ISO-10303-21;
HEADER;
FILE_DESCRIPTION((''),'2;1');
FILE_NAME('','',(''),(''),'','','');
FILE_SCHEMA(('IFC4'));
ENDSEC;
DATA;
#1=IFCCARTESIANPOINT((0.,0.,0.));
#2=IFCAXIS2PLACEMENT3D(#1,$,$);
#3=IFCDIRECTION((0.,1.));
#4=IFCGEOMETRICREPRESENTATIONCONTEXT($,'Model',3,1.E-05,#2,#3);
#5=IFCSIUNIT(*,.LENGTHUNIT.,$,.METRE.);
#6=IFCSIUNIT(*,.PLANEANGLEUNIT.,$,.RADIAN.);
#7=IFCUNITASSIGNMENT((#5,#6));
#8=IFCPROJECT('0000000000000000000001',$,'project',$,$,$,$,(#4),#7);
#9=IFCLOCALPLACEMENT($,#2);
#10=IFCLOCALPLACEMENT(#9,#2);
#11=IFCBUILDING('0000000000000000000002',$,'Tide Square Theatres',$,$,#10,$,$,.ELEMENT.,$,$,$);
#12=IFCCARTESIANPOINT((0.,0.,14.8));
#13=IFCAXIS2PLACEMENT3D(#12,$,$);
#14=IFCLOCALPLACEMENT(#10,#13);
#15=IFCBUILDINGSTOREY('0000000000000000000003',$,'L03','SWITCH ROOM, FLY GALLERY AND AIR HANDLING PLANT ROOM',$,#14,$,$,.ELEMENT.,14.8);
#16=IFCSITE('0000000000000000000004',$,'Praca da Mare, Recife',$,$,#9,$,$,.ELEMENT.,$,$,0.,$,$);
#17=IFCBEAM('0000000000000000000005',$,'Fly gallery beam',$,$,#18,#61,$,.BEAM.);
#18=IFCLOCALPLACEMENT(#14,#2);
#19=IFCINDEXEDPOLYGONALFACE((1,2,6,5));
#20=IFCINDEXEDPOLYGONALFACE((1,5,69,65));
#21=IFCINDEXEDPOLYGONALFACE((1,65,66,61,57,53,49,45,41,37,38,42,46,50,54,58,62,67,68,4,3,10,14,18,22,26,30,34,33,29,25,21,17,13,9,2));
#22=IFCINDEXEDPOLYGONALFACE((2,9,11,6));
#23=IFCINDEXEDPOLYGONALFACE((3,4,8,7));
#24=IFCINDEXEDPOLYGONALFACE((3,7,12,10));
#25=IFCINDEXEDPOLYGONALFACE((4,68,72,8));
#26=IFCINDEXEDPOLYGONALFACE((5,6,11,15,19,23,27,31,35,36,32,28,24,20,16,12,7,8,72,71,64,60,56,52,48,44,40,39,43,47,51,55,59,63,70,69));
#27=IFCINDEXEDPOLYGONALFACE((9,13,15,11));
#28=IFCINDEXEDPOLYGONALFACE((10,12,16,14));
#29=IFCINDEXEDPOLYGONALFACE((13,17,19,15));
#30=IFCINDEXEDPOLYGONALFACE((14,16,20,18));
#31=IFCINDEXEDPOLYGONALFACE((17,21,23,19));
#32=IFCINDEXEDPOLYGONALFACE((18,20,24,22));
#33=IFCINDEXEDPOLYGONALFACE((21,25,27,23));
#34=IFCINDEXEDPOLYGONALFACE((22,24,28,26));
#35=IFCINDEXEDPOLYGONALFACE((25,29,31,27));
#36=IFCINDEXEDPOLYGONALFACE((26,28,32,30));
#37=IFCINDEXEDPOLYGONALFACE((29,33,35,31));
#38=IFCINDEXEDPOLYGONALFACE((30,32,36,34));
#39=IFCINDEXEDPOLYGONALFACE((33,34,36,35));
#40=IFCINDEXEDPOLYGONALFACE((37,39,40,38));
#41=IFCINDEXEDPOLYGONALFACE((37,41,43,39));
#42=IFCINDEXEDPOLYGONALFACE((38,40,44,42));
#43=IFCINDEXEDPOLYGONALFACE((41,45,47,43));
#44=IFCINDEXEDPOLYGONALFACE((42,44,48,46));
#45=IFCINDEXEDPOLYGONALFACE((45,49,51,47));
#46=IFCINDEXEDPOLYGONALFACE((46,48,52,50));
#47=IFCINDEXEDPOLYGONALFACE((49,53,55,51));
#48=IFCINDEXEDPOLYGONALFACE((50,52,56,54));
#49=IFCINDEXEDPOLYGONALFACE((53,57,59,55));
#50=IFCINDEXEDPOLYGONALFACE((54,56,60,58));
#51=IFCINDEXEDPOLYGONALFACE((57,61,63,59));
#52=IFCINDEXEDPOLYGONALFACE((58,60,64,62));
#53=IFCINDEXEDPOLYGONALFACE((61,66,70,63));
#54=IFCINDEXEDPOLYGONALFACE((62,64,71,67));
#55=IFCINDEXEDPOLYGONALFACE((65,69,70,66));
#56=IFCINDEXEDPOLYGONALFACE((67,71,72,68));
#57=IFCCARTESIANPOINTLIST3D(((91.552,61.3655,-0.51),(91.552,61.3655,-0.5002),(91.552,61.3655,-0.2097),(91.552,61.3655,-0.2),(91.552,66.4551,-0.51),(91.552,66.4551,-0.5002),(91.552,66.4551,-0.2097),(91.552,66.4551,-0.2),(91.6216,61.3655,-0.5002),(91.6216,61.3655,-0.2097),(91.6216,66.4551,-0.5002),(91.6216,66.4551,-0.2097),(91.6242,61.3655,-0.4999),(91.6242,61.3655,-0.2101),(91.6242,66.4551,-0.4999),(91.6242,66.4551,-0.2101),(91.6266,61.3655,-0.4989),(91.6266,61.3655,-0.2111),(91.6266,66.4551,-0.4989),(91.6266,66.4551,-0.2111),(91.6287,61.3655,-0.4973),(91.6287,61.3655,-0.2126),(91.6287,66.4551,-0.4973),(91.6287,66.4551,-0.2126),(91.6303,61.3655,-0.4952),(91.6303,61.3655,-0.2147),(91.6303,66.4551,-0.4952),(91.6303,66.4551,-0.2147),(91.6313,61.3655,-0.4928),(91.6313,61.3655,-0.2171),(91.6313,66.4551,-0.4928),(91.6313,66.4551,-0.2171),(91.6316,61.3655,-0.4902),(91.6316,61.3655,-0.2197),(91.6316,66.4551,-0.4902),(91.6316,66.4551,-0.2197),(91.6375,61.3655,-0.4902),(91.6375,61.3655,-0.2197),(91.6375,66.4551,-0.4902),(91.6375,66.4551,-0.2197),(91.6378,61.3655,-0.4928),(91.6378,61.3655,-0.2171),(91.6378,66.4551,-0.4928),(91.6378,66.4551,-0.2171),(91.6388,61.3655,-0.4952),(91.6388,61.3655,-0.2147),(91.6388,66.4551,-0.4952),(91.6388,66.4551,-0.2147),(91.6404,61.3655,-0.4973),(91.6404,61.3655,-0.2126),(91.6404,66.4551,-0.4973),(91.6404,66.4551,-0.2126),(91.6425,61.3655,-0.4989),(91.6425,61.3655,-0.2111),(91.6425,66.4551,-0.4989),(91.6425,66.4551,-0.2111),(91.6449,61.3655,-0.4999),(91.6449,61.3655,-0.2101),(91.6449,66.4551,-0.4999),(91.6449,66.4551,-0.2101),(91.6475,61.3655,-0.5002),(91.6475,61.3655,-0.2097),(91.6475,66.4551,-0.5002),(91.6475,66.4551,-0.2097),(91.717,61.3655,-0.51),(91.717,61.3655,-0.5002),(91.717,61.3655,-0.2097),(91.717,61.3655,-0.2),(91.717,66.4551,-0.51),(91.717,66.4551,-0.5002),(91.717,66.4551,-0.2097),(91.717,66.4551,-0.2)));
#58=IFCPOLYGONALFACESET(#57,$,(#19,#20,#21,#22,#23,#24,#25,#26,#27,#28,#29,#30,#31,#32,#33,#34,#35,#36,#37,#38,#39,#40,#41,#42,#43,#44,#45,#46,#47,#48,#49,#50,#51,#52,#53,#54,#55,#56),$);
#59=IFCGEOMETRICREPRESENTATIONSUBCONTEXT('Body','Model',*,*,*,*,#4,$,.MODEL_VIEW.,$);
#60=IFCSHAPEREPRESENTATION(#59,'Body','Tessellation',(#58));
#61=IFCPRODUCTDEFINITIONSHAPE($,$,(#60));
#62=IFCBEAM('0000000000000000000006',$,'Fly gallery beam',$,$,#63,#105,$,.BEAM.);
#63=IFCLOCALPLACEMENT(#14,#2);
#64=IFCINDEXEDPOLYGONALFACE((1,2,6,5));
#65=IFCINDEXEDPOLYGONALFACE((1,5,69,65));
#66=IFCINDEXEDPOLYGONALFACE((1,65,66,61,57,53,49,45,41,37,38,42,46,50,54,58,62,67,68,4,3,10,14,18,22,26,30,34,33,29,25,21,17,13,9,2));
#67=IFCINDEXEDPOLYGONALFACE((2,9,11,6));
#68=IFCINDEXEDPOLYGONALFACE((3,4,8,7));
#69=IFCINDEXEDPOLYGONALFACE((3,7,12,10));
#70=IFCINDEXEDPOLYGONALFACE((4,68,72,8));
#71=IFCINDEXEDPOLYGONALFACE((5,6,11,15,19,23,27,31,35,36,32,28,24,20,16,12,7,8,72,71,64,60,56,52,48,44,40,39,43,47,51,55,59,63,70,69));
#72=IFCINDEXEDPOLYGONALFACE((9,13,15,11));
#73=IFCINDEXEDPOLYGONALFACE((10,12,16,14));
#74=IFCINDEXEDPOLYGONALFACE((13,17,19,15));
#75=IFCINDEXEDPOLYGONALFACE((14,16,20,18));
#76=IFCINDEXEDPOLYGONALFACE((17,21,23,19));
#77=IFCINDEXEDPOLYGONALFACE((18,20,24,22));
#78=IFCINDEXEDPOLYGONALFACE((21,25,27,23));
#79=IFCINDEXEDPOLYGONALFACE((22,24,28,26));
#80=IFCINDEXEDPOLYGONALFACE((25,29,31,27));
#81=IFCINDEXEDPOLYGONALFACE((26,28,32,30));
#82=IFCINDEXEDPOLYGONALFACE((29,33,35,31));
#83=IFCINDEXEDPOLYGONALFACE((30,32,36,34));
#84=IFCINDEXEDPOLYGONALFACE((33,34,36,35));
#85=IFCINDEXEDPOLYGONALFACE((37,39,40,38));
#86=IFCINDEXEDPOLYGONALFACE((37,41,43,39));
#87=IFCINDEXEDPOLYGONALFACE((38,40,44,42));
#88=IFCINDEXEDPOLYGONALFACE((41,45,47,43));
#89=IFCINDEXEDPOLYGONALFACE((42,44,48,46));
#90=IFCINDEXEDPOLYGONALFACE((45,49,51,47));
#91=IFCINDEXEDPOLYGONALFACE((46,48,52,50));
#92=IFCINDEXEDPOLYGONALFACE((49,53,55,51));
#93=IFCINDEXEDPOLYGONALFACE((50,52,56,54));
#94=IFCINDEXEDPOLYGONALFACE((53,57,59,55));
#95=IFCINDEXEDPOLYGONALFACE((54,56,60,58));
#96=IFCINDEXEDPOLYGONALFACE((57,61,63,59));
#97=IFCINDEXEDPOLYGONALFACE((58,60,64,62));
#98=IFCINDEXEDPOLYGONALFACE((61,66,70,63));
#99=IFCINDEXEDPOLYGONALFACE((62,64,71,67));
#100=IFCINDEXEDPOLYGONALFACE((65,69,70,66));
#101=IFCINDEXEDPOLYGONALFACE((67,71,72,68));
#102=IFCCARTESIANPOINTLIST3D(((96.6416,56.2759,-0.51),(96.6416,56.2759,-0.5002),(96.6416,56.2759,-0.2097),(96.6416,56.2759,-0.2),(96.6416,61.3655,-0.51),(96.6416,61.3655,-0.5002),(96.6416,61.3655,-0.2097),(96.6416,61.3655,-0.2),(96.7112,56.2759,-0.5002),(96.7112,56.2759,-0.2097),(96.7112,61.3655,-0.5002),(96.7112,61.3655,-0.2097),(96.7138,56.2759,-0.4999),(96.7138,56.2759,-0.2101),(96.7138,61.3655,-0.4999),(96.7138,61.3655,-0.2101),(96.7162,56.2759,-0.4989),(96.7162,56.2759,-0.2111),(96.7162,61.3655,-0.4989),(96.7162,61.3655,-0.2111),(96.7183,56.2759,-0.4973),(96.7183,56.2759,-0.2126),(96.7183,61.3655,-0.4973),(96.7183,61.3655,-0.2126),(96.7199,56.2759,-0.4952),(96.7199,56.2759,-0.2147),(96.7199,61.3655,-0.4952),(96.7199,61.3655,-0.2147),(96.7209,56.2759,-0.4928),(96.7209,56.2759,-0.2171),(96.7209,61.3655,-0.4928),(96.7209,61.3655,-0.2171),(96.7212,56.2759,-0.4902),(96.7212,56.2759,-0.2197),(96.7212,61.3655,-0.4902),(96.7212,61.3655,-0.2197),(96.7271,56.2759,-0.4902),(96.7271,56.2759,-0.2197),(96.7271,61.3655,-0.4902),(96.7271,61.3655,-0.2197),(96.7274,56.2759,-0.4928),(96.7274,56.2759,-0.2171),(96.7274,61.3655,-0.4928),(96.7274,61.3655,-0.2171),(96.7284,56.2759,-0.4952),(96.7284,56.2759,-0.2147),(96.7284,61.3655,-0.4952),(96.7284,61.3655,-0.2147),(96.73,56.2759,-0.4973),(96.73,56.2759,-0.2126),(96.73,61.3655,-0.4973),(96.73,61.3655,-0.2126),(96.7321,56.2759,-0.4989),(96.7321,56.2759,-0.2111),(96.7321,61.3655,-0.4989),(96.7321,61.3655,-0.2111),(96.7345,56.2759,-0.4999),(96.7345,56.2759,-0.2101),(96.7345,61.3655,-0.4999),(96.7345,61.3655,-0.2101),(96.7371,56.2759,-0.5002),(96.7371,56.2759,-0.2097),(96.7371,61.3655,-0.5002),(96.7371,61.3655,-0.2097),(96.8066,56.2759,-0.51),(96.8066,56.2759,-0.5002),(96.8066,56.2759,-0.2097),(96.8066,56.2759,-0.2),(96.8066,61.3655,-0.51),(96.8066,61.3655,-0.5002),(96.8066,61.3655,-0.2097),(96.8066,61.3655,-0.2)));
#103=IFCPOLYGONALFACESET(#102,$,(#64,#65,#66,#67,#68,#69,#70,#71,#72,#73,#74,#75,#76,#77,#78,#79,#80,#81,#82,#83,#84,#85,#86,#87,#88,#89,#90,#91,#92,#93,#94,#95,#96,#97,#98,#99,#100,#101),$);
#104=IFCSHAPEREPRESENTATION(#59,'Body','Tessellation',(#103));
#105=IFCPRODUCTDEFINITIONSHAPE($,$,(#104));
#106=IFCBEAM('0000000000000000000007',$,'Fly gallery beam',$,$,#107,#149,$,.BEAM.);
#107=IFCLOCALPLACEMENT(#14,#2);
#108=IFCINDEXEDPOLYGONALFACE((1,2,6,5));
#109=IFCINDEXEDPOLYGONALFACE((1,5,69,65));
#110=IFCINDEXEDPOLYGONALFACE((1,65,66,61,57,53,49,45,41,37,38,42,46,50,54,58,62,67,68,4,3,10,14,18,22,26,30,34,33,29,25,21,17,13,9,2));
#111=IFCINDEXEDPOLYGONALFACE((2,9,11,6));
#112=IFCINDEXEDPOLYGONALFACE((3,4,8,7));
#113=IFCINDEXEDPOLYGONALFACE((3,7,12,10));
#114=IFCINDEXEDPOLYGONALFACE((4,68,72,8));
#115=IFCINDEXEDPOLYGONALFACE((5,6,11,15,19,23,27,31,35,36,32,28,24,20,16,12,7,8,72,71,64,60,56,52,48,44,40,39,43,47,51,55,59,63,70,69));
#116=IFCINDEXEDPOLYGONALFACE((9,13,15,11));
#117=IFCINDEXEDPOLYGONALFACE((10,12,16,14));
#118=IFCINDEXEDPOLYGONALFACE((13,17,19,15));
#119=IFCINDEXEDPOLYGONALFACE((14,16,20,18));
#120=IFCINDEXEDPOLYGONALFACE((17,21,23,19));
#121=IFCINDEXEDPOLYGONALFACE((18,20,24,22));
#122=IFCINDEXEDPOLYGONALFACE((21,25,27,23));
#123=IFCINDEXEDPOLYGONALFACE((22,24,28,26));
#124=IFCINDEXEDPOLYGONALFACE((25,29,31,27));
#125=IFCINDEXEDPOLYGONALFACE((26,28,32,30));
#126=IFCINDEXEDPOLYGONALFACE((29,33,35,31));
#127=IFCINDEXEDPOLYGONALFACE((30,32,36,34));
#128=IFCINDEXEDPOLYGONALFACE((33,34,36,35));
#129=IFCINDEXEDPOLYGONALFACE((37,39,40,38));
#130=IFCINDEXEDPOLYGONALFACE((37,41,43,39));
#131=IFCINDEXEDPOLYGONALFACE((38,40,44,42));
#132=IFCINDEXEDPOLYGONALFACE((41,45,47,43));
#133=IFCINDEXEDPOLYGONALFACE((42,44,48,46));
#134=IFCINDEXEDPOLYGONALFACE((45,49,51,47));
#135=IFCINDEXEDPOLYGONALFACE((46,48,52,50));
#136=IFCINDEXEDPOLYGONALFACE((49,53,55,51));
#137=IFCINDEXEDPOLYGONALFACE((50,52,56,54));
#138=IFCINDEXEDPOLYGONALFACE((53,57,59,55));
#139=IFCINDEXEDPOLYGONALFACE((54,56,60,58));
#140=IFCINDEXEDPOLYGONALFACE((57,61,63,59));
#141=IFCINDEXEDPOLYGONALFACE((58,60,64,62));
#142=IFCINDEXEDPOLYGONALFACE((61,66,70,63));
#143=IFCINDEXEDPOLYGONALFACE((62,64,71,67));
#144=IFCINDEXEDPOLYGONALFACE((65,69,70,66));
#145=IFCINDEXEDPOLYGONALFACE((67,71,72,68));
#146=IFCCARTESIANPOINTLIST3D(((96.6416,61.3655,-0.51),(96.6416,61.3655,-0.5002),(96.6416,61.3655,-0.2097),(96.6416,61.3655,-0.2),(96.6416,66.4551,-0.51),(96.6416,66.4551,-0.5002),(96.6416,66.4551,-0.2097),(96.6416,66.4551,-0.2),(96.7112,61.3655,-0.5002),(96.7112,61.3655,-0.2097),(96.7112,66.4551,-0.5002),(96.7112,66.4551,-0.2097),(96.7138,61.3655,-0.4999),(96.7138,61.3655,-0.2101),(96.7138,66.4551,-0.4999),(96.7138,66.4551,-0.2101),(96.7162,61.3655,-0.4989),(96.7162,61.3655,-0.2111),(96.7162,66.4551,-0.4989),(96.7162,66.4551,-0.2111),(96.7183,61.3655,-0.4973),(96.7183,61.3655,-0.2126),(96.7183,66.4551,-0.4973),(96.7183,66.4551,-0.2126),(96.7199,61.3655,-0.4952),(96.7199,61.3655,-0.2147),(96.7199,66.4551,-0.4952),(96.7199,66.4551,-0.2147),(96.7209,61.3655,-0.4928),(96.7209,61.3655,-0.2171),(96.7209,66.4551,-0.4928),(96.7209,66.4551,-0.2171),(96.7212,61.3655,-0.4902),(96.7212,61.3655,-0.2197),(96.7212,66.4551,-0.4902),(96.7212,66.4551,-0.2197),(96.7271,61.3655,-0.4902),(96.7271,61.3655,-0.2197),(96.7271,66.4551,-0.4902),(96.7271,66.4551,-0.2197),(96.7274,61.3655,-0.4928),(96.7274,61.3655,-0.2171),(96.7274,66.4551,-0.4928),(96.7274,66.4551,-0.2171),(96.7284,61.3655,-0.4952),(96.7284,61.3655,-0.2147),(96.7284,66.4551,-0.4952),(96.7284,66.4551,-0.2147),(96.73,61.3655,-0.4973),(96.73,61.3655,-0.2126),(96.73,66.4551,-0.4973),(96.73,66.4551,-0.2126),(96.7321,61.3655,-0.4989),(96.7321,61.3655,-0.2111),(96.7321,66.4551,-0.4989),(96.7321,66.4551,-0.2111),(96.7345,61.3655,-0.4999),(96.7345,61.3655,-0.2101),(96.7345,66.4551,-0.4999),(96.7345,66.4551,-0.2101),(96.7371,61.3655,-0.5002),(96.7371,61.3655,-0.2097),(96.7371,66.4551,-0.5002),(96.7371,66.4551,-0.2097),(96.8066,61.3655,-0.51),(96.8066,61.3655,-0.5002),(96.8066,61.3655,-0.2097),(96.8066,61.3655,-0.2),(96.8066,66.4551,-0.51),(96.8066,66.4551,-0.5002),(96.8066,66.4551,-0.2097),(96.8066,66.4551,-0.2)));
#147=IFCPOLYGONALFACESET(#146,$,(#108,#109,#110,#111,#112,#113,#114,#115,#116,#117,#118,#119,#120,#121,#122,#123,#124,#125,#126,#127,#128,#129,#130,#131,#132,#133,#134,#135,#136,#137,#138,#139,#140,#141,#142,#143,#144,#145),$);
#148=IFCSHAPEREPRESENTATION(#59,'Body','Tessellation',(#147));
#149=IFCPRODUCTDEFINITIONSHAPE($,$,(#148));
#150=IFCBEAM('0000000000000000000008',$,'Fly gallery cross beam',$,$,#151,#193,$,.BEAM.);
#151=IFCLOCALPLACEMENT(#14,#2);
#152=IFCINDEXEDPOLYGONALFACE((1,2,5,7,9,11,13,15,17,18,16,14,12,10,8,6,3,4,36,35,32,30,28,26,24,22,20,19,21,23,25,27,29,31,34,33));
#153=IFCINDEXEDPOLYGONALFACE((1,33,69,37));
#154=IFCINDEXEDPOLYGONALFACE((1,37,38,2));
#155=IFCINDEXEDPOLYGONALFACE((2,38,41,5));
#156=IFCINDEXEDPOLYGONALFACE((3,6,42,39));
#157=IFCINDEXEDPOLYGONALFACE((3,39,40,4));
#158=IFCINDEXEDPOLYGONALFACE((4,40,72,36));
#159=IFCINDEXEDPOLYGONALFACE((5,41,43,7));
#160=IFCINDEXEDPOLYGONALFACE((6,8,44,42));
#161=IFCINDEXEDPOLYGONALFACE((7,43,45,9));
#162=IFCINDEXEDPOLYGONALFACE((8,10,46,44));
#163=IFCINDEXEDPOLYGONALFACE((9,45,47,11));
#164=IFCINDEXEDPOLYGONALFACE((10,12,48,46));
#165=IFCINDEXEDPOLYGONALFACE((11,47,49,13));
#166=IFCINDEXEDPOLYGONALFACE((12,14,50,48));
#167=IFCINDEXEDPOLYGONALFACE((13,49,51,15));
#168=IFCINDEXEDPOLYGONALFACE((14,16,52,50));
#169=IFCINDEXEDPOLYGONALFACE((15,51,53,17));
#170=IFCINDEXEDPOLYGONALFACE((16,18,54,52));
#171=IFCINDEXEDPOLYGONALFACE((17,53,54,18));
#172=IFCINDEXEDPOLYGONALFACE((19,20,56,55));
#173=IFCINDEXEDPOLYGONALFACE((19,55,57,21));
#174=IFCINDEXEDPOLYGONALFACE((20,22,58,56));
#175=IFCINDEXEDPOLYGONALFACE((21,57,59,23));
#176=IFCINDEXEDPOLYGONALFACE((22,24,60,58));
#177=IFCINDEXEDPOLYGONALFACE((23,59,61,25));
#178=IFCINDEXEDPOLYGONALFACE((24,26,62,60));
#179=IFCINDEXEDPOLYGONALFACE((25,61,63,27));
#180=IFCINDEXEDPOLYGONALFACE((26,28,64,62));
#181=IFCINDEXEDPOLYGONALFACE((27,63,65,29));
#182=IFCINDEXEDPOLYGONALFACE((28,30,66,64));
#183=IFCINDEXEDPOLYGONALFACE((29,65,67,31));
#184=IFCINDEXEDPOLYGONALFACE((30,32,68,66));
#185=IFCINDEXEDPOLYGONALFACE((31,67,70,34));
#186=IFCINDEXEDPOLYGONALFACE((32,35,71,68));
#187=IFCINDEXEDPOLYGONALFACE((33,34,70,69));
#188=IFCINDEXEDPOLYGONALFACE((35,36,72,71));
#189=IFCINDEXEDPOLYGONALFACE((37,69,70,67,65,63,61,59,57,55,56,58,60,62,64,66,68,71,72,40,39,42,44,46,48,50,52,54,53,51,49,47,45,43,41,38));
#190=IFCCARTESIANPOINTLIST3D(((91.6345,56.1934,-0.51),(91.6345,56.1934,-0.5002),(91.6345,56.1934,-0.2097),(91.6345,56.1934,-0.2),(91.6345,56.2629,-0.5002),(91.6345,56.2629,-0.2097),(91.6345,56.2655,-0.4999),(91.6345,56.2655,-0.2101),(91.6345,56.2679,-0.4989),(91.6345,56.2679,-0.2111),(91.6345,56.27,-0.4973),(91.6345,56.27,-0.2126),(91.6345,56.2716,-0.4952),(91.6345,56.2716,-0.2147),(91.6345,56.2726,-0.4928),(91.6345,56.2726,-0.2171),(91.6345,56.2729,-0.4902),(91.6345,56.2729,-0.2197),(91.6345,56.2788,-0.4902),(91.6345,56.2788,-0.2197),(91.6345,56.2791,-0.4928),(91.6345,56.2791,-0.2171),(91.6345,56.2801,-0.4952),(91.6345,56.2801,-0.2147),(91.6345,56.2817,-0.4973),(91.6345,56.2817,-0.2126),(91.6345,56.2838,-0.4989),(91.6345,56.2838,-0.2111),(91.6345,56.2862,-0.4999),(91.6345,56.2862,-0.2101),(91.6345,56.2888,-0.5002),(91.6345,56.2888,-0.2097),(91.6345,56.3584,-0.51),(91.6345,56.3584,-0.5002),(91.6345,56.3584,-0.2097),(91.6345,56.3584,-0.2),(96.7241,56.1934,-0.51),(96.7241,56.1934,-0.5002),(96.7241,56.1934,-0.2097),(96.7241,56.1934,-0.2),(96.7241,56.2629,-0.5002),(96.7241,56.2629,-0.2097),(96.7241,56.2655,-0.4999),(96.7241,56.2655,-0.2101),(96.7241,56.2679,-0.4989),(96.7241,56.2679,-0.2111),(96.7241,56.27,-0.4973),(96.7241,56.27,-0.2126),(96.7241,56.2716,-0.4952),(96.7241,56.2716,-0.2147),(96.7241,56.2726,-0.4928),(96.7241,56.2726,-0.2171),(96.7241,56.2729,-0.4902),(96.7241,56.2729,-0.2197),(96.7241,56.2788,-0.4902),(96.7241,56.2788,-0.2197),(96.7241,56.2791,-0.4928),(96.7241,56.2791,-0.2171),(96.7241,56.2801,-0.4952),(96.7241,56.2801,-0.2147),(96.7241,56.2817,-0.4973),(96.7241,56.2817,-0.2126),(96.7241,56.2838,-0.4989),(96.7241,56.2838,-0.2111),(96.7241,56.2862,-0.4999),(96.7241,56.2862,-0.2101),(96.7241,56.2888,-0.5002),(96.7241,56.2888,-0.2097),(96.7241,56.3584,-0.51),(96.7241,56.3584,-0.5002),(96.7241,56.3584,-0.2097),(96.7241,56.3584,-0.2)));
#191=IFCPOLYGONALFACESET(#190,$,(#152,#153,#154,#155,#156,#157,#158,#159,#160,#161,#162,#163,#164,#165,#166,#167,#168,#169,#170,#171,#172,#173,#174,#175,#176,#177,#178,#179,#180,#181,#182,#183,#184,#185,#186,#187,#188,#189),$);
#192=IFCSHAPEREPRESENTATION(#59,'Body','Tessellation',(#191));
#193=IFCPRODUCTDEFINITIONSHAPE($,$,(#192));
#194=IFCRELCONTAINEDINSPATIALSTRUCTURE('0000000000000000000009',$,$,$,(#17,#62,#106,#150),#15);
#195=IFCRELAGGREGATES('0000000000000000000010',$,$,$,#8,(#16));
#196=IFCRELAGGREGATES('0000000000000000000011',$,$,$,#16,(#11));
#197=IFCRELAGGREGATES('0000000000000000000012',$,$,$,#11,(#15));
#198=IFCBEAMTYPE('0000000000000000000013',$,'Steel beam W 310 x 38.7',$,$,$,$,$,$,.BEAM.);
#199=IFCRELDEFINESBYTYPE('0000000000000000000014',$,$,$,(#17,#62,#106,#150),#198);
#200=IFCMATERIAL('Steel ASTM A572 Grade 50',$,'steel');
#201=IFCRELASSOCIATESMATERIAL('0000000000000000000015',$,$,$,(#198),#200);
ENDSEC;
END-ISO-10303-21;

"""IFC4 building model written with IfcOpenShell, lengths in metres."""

from ifc_helpers import new_model, si_unit, direction, frame, origin, origin_2d, place, context, subcontext, project, spatial, i_section, extrude, material, material_profile, profile_set, type_object, element, save


model = new_model("IFC4")

# Units and contexts
model_context = context("Model", 3, precision=1e-05, world=origin(), true_north=direction((0.0, 1.0)))
body_context = subcontext(model_context, "Body", "Model", "MODEL_VIEW")
ifc_project = project(units=[si_unit("LENGTHUNIT", "METRE"), si_unit("PLANEANGLEUNIT", "RADIAN")], contexts=[model_context])

# Site, building, storey
site_placement = place(None, origin())
site = spatial("IfcSite", under=ifc_project, at=site_placement, Name="Praca da Mare, Recife", CompositionType="ELEMENT", RefElevation=0.0)
building_placement = place(site_placement, origin())
building = spatial("IfcBuilding", under=site, at=building_placement, Name="Tide Square Theatres", CompositionType="ELEMENT")
storey_placement = place(building_placement, frame((0.0, 0.0, 14.8)))
storey = spatial("IfcBuildingStorey", under=building, at=storey_placement, Name="L03", Description="SWITCH ROOM, FLY GALLERY AND AIR HANDLING PLANT ROOM", CompositionType="ELEMENT", Elevation=14.8)

# Beams
ifc_material_1 = material(Name="Steel ASTM A572 Grade 50", Category="steel")
ifc_material_profile_1 = material_profile(ifc_material_1, i_section(OverallWidth=0.165, OverallDepth=0.3101, WebThickness=0.0059, FlangeThickness=0.0098, FilletRadius=0.01, at=origin_2d()))
ifc_profile_set_1 = profile_set([ifc_material_profile_1], Name="Steel ASTM A572 Grade 50")
beam_type = type_object("IfcBeamType", Name="Steel beam W 310 x 38.7", PredefinedType="BEAM", material=ifc_profile_set_1)
for number, where, z_axis, x_axis, name in (
    (1, (91.6345, 61.3655, -0.355), (0.0, 1.0, 0.0), (-1.0, 0.0, 0.0), "Fly gallery beam"),
    (2, (96.7241, 56.2759, -0.355), (0.0, 1.0, 0.0), (-1.0, 0.0, 0.0), "Fly gallery beam"),
    (3, (96.7241, 61.3655, -0.355), (0.0, 1.0, 0.0), (-1.0, 0.0, 0.0), "Fly gallery beam"),
    (4, (91.6345, 56.2759, -0.355), (1.0, 0.0, 0.0), (0.0, 1.0, 0.0), "Fly gallery cross beam"),
):
    element("IfcBeam", number, at=place(storey_placement, frame(where, z_axis=z_axis, x_axis=x_axis)), inside=storey, type_object=beam_type, Name=name, PredefinedType="BEAM", context=body_context, shape_type="SweptSolid", body=[
        extrude(i_section(OverallWidth=0.165, OverallDepth=0.3101, WebThickness=0.0059, FlangeThickness=0.0098, FilletRadius=0.01, at=origin_2d()), origin(), (0.0, 0.0, 1.0), 5.0896),
    ])

save(model, "model.ifc")
